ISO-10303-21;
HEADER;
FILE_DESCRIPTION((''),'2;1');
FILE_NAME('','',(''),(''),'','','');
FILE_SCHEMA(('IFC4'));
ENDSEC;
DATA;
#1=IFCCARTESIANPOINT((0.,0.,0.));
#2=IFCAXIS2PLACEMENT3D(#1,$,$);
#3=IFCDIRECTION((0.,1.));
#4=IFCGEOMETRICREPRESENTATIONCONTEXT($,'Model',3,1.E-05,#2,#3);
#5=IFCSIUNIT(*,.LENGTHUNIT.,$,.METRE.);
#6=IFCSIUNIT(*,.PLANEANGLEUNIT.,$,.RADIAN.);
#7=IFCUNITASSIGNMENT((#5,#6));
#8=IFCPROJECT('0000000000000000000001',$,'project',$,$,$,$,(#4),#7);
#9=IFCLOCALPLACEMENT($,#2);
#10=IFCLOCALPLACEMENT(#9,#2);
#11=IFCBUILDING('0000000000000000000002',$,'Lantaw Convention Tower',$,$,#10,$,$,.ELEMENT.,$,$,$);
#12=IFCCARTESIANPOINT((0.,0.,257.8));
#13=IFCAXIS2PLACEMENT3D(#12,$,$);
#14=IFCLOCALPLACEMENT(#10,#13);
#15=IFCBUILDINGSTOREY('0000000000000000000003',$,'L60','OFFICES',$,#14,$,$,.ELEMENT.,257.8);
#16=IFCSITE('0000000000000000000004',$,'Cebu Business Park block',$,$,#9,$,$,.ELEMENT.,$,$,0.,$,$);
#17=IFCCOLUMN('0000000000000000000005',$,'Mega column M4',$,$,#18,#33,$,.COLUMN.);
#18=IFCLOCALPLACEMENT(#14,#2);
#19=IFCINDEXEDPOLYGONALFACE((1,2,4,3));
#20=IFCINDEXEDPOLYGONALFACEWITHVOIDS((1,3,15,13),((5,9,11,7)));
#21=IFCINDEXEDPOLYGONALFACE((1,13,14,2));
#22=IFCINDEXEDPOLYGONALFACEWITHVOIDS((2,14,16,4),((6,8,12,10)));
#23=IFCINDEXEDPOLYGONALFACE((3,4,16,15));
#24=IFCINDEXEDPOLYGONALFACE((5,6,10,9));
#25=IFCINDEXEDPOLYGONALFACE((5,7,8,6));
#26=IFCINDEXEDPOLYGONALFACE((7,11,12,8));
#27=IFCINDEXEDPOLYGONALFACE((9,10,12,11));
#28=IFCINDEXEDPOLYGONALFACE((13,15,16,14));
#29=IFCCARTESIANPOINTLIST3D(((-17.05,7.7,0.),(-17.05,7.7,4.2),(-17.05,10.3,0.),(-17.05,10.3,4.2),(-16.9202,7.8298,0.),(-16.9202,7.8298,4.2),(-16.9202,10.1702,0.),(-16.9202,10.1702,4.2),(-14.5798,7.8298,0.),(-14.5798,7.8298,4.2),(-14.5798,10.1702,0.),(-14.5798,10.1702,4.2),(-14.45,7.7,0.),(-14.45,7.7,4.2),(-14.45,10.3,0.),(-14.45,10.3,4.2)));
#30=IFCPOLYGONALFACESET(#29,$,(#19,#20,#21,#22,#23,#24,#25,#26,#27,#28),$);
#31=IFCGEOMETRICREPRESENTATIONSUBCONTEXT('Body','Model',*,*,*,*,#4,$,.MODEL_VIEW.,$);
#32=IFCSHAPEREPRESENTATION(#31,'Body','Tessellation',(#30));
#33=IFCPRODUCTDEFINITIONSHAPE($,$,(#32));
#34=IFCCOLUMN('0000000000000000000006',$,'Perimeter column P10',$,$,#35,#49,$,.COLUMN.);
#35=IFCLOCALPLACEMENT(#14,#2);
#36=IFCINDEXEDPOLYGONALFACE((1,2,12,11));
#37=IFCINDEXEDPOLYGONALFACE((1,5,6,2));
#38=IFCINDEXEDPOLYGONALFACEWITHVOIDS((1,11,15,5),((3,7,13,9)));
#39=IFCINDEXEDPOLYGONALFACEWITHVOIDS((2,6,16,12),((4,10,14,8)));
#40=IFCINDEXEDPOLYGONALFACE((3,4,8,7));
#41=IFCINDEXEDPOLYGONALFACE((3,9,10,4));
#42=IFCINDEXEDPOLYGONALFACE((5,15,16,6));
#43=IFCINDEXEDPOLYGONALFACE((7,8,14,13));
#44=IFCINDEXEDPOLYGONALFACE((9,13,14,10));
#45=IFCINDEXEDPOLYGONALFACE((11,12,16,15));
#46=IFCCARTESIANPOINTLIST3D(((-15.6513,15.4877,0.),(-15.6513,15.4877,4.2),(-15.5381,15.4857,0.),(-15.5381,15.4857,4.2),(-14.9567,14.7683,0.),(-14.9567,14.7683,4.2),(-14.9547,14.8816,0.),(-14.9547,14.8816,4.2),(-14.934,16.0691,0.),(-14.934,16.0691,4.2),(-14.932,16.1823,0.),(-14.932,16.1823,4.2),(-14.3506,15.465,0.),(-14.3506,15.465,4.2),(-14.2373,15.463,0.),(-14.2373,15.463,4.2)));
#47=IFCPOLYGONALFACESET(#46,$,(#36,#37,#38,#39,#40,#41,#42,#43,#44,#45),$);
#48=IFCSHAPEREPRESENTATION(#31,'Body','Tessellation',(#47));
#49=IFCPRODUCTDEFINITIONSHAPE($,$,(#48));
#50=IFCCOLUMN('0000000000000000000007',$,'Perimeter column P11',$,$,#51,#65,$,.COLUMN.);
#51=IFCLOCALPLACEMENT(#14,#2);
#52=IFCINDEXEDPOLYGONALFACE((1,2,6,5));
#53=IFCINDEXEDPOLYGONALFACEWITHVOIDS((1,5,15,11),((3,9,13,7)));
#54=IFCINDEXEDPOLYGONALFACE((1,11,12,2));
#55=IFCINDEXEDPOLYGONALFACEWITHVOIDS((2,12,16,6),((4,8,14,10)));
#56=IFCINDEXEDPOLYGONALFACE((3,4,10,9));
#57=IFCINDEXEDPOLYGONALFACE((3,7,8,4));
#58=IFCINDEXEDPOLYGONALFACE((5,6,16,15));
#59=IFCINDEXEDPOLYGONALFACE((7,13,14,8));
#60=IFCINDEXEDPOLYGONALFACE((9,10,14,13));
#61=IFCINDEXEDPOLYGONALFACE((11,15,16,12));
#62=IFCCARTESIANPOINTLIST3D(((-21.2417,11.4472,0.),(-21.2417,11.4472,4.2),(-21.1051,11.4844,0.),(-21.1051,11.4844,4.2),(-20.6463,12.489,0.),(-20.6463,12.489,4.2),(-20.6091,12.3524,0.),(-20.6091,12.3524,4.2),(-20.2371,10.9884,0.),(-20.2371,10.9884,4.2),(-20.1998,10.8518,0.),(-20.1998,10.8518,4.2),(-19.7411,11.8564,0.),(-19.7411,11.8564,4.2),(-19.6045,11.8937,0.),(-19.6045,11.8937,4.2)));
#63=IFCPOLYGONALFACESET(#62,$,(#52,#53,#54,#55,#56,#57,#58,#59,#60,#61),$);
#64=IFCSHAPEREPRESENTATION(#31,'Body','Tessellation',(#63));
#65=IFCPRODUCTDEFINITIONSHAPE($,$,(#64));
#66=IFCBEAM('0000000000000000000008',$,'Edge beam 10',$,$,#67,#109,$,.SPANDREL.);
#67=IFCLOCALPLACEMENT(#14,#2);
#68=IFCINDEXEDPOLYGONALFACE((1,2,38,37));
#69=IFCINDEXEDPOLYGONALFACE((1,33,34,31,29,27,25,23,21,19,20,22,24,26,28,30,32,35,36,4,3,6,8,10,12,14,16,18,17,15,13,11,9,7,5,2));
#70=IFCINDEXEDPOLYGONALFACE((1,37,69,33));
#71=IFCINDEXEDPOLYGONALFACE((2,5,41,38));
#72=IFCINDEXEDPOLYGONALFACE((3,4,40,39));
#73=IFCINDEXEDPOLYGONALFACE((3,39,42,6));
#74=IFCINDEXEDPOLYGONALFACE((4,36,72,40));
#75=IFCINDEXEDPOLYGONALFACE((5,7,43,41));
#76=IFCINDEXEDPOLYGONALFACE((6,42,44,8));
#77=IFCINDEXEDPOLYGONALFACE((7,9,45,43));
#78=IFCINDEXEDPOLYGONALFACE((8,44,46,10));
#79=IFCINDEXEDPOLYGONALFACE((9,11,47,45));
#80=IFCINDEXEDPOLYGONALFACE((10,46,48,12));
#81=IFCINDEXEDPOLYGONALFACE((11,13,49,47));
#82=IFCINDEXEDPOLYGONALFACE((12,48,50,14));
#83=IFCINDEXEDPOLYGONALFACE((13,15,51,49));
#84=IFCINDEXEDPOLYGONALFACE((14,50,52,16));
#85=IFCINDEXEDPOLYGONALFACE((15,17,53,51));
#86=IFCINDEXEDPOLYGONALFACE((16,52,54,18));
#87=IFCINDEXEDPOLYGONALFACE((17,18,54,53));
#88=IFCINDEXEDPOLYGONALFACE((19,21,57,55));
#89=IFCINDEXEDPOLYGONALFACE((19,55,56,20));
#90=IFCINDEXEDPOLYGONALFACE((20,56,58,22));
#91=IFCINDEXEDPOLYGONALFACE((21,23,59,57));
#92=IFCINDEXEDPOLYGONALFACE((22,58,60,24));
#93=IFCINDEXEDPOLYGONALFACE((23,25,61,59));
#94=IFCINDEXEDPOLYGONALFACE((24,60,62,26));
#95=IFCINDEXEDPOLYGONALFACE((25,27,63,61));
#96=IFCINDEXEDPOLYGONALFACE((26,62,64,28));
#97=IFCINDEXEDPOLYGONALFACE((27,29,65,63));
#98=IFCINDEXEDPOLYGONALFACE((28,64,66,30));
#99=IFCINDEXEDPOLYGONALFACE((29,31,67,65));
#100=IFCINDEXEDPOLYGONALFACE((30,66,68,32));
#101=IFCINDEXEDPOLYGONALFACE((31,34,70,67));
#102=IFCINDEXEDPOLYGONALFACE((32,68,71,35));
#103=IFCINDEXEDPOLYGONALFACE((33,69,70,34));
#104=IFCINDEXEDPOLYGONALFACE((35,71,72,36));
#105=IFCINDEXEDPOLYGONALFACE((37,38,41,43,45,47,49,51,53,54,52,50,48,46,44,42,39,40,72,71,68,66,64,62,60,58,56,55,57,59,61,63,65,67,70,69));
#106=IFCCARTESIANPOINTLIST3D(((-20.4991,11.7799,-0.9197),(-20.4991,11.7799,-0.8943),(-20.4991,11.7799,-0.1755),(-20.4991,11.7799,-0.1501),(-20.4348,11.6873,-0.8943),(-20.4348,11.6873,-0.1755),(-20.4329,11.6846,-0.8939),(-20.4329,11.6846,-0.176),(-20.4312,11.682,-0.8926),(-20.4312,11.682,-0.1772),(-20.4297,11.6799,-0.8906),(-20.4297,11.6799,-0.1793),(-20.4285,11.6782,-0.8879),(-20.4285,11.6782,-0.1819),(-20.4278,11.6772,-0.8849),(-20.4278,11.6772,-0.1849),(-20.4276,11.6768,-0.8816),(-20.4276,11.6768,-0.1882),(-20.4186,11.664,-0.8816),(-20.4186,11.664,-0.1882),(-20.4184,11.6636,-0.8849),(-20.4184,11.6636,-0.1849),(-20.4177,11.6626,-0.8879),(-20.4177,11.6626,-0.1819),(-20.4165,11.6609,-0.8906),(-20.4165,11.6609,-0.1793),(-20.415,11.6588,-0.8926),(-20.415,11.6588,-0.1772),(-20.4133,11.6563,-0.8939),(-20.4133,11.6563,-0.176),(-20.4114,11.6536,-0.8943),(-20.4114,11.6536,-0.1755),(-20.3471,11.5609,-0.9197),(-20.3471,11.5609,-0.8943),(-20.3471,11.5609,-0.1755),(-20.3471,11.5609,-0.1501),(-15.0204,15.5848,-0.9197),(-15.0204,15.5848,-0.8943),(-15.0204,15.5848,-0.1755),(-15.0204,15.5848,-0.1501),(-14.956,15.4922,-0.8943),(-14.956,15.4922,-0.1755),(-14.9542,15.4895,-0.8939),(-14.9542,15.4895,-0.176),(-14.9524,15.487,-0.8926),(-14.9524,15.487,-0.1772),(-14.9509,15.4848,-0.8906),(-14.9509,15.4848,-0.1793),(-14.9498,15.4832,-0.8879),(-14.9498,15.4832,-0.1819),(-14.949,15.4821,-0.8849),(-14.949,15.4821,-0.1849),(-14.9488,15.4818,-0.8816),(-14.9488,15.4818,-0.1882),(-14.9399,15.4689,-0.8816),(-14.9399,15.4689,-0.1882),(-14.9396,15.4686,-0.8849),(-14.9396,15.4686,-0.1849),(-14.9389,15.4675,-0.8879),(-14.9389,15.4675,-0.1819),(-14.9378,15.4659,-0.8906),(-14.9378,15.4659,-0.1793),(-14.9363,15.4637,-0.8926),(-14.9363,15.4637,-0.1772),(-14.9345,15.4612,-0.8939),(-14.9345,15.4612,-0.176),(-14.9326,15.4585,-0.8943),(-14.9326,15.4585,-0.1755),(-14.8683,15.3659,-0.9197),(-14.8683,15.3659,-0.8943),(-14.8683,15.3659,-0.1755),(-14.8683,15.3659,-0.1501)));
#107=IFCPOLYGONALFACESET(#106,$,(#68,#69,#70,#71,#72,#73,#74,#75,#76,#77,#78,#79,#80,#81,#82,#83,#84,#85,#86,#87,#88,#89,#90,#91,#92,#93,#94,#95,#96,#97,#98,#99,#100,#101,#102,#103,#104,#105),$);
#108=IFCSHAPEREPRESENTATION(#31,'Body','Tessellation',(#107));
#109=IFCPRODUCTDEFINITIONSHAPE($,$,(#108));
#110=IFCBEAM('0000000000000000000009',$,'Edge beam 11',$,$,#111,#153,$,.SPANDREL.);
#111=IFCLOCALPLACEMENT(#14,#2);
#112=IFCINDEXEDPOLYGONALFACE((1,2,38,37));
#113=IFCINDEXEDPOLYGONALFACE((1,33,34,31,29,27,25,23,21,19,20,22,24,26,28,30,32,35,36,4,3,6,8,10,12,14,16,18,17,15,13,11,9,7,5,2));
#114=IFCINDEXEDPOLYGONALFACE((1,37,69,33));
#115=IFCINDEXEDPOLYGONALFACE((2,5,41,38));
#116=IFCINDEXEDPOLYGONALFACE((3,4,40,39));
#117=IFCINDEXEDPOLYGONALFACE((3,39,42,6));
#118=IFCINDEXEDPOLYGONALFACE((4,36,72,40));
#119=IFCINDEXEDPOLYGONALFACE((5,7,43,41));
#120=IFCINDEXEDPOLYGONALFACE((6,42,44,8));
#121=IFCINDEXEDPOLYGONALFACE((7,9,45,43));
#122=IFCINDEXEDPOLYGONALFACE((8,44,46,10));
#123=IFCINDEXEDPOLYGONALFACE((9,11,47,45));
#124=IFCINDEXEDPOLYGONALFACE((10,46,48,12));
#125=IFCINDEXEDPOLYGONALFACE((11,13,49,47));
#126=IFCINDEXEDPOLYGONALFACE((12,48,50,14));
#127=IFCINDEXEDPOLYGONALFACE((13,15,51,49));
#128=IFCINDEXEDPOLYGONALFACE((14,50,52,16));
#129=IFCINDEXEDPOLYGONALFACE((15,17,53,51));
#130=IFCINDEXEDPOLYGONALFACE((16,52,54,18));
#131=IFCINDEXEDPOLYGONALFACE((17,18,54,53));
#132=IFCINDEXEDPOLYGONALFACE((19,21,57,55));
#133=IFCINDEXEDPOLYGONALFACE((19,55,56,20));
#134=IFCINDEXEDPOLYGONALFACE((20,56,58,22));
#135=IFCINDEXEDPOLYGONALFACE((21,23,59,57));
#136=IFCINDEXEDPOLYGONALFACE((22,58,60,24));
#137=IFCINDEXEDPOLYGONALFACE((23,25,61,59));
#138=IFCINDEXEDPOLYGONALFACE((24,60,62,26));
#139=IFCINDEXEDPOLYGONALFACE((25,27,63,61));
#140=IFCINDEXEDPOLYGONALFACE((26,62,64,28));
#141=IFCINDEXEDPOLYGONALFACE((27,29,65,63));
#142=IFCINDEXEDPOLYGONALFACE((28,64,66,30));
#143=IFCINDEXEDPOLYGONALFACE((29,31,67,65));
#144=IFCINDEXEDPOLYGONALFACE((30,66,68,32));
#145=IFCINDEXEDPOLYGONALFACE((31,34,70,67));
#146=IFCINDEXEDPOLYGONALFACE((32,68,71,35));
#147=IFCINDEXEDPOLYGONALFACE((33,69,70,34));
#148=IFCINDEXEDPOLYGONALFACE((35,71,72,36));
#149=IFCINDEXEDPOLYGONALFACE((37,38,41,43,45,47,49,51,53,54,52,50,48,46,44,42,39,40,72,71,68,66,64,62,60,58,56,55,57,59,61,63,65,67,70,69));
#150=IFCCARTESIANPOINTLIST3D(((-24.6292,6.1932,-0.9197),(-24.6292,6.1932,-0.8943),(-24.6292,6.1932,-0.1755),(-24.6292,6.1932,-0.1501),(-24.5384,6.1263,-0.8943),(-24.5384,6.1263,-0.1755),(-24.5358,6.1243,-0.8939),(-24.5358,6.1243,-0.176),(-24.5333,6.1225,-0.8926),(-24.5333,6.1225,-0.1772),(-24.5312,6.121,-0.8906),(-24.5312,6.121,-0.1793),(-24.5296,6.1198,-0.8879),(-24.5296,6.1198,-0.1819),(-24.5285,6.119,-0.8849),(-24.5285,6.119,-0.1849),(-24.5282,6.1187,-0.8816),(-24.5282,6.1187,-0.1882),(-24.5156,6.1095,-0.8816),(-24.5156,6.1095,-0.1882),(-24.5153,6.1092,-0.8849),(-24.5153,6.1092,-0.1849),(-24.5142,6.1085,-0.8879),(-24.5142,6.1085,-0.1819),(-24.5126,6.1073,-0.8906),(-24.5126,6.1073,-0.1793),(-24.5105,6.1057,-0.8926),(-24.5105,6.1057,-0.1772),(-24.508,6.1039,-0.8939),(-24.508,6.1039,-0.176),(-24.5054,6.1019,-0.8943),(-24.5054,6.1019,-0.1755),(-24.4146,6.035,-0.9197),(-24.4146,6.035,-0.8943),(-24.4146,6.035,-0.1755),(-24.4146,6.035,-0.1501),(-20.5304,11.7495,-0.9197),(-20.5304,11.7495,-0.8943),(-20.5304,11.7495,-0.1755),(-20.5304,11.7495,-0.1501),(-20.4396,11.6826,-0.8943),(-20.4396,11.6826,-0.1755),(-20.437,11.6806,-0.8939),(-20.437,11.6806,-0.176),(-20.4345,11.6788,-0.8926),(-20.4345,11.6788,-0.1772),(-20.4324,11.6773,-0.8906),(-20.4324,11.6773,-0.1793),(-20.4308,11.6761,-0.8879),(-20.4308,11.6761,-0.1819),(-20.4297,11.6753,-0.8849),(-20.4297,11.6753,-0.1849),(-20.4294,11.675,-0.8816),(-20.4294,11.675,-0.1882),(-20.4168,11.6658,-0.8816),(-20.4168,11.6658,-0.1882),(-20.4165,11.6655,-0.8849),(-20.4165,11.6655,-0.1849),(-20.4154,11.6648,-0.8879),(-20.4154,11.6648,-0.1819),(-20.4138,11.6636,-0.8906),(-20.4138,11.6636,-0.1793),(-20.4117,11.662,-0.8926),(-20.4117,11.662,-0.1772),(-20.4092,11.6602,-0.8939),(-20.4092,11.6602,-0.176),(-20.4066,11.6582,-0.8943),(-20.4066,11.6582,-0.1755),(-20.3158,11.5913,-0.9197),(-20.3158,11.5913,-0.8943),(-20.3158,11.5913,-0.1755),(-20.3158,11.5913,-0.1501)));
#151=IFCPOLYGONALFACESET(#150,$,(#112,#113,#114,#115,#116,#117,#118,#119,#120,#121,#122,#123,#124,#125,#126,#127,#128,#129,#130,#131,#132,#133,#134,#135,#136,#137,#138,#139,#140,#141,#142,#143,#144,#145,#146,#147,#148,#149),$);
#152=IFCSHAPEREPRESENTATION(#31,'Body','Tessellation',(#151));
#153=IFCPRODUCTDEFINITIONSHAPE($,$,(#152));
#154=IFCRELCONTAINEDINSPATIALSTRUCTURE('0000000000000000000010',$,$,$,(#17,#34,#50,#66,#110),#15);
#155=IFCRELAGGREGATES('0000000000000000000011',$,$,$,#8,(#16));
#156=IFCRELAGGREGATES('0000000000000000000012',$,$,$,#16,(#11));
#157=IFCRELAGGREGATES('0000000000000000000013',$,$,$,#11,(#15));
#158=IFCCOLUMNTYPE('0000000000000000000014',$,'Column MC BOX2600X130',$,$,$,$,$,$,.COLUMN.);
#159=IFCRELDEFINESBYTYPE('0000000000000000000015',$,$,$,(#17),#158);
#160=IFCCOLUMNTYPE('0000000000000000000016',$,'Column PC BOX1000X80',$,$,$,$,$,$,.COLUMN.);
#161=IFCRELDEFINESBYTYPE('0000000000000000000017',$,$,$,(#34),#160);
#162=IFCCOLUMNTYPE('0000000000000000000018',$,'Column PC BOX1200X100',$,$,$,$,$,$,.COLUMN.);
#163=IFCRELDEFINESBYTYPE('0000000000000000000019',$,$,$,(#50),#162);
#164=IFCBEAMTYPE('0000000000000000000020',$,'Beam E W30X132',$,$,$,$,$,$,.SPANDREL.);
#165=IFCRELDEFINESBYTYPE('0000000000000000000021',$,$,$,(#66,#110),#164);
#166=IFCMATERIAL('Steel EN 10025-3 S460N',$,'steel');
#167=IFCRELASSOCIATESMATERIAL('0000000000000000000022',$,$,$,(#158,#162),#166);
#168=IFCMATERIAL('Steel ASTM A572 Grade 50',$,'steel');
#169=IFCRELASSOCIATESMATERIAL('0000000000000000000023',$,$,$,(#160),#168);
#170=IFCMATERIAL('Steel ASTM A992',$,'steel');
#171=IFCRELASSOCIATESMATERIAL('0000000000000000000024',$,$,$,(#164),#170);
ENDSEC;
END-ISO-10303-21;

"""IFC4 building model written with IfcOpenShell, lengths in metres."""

from ifc_helpers import new_model, si_unit, direction, frame, origin, origin_2d, place, context, subcontext, project, spatial, rectangle, hollow_rectangle, i_section, extrude, material, material_profile, profile_set, type_object, element, save


model = new_model("IFC4")

# Units and contexts
model_context = context("Model", 3, precision=1e-05, world=origin(), true_north=direction((0.0, 1.0)))
body_context = subcontext(model_context, "Body", "Model", "MODEL_VIEW")
ifc_project = project(units=[si_unit("LENGTHUNIT", "METRE"), si_unit("PLANEANGLEUNIT", "RADIAN")], contexts=[model_context])

# Site, building, storey
site_placement = place(None, origin())
site = spatial("IfcSite", under=ifc_project, at=site_placement, Name="Cebu Business Park block", CompositionType="ELEMENT", RefElevation=0.0)
building_placement = place(site_placement, origin())
building = spatial("IfcBuilding", under=site, at=building_placement, Name="Lantaw Convention Tower", CompositionType="ELEMENT")
storey_placement = place(building_placement, frame((0.0, 0.0, 257.8)))
storey = spatial("IfcBuildingStorey", under=building, at=storey_placement, Name="L60", Description="OFFICES", CompositionType="ELEMENT", Elevation=257.8)

# Columns
ifc_material_1 = material(Name="Steel EN 10025-3 S460N", Category="steel")
ifc_material_profile_1 = material_profile(ifc_material_1, hollow_rectangle(XDim=2.6001, YDim=2.6001, WallThickness=0.1299, at=origin_2d()), Name="BOX2600X130")
ifc_material_2 = material(Name="Concrete C60/75", Category="concrete")
ifc_material_profile_2 = material_profile(ifc_material_2, rectangle(XDim=2.3401, YDim=2.3401, at=origin_2d()), Name="Concrete fill of BOX2600X130")
ifc_profile_set_1 = profile_set([ifc_material_profile_1, ifc_material_profile_2], Name="Steel EN 10025-3 S460N")
column_type_1 = type_object("IfcColumnType", Name="Column MC BOX2600X130", PredefinedType="COLUMN", material=ifc_profile_set_1)
column_1_placement = place(storey_placement, frame((-15.75, 9.0, 0.0), z_axis=(0.0, 0.0, 1.0), x_axis=(1.0, 0.0, 0.0)))
element("IfcColumn", 1, at=column_1_placement, inside=storey, type_object=column_type_1, Name="Mega column M4", PredefinedType="COLUMN", context=body_context, shape_type="SweptSolid", body=[
    extrude(hollow_rectangle(XDim=2.6001, YDim=2.6001, WallThickness=0.1299, at=origin_2d()), origin(), (0.0, 0.0, 1.0), 4.2),
])
ifc_material_3 = material(Name="Steel ASTM A572 Grade 50", Category="steel")
ifc_material_profile_3 = material_profile(ifc_material_3, hollow_rectangle(XDim=1.0, YDim=1.0, WallThickness=0.0801, at=origin_2d()), Name="BOX1000X80")
ifc_material_profile_4 = material_profile(ifc_material_2, rectangle(XDim=0.8401, YDim=0.8401, at=origin_2d()), Name="Concrete fill of BOX1000X80")
ifc_profile_set_2 = profile_set([ifc_material_profile_3, ifc_material_profile_4], Name="Steel ASTM A572 Grade 50")
column_type_2 = type_object("IfcColumnType", Name="Column PC BOX1000X80", PredefinedType="COLUMN", material=ifc_profile_set_2)
column_2_placement = place(storey_placement, frame((-14.9443, 15.4753, 0.0), z_axis=(0.0, 0.0, 1.0), x_axis=(0.71934, 0.694658, 0.0)))
element("IfcColumn", 2, at=column_2_placement, inside=storey, type_object=column_type_2, Name="Perimeter column P10", PredefinedType="COLUMN", context=body_context, shape_type="SweptSolid", body=[
    extrude(hollow_rectangle(XDim=1.0, YDim=1.0, WallThickness=0.0801, at=origin_2d()), origin(), (0.0, 0.0, 1.0), 4.2),
])
ifc_material_profile_5 = material_profile(ifc_material_1, hollow_rectangle(XDim=1.2, YDim=1.2, WallThickness=0.1001, at=origin_2d()), Name="BOX1200X100")
ifc_material_profile_6 = material_profile(ifc_material_2, rectangle(XDim=1.0, YDim=1.0, at=origin_2d()), Name="Concrete fill of BOX1200X100")
ifc_profile_set_3 = profile_set([ifc_material_profile_5, ifc_material_profile_6], Name="Steel EN 10025-3 S460N")
column_type_3 = type_object("IfcColumnType", Name="Column PC BOX1200X100", PredefinedType="COLUMN", material=ifc_profile_set_3)
column_3_placement = place(storey_placement, frame((-20.4231, 11.6704, 0.0), z_axis=(0.0, 0.0, 1.0), x_axis=(0.496139, 0.868243, 0.0)))
element("IfcColumn", 3, at=column_3_placement, inside=storey, type_object=column_type_3, Name="Perimeter column P11", PredefinedType="COLUMN", context=body_context, shape_type="SweptSolid", body=[
    extrude(hollow_rectangle(XDim=1.2, YDim=1.2, WallThickness=0.1001, at=origin_2d()), origin(), (0.0, 0.0, 1.0), 4.2),
])

# Beams
ifc_material_4 = material(Name="Steel ASTM A992", Category="steel")
ifc_material_profile_7 = material_profile(ifc_material_4, i_section(OverallWidth=0.2666, OverallDepth=0.7695, WebThickness=0.0156, FlangeThickness=0.0254, FilletRadius=0.0127, at=origin_2d()), Name="W30X132")
ifc_profile_set_4 = profile_set([ifc_material_profile_7], Name="Steel ASTM A992")
beam_type_1 = type_object("IfcBeamType", Name="Beam E W30X132", PredefinedType="SPANDREL", material=ifc_profile_set_4)
beam_1_placement = place(storey_placement, frame((-14.9443, 15.4753, -0.5349), z_axis=(-0.821353, -0.57042, 0.0), x_axis=(0.57042, -0.821353, 0.0)))
element("IfcBeam", 4, at=beam_1_placement, inside=storey, type_object=beam_type_1, Name="Edge beam 10", PredefinedType="SPANDREL", context=body_context, shape_type="SweptSolid", body=[
    extrude(i_section(OverallWidth=0.2666, OverallDepth=0.7695, WebThickness=0.0156, FlangeThickness=0.0254, FilletRadius=0.0127, at=origin_2d()), origin(), (0.0, 0.0, 1.0), 6.6704),
])
beam_2_placement = place(storey_placement, frame((-20.4231, 11.6704, -0.5349), z_axis=(-0.593639, -0.804731, 0.0), x_axis=(0.804731, -0.593639, 0.0)))
element("IfcBeam", 5, at=beam_2_placement, inside=storey, type_object=beam_type_1, Name="Edge beam 11", PredefinedType="SPANDREL", context=body_context, shape_type="SweptSolid", body=[
    extrude(i_section(OverallWidth=0.2666, OverallDepth=0.7695, WebThickness=0.0156, FlangeThickness=0.0254, FilletRadius=0.0127, at=origin_2d()), origin(), (0.0, 0.0, 1.0), 6.9045),
])

save(model, "model.ifc")
